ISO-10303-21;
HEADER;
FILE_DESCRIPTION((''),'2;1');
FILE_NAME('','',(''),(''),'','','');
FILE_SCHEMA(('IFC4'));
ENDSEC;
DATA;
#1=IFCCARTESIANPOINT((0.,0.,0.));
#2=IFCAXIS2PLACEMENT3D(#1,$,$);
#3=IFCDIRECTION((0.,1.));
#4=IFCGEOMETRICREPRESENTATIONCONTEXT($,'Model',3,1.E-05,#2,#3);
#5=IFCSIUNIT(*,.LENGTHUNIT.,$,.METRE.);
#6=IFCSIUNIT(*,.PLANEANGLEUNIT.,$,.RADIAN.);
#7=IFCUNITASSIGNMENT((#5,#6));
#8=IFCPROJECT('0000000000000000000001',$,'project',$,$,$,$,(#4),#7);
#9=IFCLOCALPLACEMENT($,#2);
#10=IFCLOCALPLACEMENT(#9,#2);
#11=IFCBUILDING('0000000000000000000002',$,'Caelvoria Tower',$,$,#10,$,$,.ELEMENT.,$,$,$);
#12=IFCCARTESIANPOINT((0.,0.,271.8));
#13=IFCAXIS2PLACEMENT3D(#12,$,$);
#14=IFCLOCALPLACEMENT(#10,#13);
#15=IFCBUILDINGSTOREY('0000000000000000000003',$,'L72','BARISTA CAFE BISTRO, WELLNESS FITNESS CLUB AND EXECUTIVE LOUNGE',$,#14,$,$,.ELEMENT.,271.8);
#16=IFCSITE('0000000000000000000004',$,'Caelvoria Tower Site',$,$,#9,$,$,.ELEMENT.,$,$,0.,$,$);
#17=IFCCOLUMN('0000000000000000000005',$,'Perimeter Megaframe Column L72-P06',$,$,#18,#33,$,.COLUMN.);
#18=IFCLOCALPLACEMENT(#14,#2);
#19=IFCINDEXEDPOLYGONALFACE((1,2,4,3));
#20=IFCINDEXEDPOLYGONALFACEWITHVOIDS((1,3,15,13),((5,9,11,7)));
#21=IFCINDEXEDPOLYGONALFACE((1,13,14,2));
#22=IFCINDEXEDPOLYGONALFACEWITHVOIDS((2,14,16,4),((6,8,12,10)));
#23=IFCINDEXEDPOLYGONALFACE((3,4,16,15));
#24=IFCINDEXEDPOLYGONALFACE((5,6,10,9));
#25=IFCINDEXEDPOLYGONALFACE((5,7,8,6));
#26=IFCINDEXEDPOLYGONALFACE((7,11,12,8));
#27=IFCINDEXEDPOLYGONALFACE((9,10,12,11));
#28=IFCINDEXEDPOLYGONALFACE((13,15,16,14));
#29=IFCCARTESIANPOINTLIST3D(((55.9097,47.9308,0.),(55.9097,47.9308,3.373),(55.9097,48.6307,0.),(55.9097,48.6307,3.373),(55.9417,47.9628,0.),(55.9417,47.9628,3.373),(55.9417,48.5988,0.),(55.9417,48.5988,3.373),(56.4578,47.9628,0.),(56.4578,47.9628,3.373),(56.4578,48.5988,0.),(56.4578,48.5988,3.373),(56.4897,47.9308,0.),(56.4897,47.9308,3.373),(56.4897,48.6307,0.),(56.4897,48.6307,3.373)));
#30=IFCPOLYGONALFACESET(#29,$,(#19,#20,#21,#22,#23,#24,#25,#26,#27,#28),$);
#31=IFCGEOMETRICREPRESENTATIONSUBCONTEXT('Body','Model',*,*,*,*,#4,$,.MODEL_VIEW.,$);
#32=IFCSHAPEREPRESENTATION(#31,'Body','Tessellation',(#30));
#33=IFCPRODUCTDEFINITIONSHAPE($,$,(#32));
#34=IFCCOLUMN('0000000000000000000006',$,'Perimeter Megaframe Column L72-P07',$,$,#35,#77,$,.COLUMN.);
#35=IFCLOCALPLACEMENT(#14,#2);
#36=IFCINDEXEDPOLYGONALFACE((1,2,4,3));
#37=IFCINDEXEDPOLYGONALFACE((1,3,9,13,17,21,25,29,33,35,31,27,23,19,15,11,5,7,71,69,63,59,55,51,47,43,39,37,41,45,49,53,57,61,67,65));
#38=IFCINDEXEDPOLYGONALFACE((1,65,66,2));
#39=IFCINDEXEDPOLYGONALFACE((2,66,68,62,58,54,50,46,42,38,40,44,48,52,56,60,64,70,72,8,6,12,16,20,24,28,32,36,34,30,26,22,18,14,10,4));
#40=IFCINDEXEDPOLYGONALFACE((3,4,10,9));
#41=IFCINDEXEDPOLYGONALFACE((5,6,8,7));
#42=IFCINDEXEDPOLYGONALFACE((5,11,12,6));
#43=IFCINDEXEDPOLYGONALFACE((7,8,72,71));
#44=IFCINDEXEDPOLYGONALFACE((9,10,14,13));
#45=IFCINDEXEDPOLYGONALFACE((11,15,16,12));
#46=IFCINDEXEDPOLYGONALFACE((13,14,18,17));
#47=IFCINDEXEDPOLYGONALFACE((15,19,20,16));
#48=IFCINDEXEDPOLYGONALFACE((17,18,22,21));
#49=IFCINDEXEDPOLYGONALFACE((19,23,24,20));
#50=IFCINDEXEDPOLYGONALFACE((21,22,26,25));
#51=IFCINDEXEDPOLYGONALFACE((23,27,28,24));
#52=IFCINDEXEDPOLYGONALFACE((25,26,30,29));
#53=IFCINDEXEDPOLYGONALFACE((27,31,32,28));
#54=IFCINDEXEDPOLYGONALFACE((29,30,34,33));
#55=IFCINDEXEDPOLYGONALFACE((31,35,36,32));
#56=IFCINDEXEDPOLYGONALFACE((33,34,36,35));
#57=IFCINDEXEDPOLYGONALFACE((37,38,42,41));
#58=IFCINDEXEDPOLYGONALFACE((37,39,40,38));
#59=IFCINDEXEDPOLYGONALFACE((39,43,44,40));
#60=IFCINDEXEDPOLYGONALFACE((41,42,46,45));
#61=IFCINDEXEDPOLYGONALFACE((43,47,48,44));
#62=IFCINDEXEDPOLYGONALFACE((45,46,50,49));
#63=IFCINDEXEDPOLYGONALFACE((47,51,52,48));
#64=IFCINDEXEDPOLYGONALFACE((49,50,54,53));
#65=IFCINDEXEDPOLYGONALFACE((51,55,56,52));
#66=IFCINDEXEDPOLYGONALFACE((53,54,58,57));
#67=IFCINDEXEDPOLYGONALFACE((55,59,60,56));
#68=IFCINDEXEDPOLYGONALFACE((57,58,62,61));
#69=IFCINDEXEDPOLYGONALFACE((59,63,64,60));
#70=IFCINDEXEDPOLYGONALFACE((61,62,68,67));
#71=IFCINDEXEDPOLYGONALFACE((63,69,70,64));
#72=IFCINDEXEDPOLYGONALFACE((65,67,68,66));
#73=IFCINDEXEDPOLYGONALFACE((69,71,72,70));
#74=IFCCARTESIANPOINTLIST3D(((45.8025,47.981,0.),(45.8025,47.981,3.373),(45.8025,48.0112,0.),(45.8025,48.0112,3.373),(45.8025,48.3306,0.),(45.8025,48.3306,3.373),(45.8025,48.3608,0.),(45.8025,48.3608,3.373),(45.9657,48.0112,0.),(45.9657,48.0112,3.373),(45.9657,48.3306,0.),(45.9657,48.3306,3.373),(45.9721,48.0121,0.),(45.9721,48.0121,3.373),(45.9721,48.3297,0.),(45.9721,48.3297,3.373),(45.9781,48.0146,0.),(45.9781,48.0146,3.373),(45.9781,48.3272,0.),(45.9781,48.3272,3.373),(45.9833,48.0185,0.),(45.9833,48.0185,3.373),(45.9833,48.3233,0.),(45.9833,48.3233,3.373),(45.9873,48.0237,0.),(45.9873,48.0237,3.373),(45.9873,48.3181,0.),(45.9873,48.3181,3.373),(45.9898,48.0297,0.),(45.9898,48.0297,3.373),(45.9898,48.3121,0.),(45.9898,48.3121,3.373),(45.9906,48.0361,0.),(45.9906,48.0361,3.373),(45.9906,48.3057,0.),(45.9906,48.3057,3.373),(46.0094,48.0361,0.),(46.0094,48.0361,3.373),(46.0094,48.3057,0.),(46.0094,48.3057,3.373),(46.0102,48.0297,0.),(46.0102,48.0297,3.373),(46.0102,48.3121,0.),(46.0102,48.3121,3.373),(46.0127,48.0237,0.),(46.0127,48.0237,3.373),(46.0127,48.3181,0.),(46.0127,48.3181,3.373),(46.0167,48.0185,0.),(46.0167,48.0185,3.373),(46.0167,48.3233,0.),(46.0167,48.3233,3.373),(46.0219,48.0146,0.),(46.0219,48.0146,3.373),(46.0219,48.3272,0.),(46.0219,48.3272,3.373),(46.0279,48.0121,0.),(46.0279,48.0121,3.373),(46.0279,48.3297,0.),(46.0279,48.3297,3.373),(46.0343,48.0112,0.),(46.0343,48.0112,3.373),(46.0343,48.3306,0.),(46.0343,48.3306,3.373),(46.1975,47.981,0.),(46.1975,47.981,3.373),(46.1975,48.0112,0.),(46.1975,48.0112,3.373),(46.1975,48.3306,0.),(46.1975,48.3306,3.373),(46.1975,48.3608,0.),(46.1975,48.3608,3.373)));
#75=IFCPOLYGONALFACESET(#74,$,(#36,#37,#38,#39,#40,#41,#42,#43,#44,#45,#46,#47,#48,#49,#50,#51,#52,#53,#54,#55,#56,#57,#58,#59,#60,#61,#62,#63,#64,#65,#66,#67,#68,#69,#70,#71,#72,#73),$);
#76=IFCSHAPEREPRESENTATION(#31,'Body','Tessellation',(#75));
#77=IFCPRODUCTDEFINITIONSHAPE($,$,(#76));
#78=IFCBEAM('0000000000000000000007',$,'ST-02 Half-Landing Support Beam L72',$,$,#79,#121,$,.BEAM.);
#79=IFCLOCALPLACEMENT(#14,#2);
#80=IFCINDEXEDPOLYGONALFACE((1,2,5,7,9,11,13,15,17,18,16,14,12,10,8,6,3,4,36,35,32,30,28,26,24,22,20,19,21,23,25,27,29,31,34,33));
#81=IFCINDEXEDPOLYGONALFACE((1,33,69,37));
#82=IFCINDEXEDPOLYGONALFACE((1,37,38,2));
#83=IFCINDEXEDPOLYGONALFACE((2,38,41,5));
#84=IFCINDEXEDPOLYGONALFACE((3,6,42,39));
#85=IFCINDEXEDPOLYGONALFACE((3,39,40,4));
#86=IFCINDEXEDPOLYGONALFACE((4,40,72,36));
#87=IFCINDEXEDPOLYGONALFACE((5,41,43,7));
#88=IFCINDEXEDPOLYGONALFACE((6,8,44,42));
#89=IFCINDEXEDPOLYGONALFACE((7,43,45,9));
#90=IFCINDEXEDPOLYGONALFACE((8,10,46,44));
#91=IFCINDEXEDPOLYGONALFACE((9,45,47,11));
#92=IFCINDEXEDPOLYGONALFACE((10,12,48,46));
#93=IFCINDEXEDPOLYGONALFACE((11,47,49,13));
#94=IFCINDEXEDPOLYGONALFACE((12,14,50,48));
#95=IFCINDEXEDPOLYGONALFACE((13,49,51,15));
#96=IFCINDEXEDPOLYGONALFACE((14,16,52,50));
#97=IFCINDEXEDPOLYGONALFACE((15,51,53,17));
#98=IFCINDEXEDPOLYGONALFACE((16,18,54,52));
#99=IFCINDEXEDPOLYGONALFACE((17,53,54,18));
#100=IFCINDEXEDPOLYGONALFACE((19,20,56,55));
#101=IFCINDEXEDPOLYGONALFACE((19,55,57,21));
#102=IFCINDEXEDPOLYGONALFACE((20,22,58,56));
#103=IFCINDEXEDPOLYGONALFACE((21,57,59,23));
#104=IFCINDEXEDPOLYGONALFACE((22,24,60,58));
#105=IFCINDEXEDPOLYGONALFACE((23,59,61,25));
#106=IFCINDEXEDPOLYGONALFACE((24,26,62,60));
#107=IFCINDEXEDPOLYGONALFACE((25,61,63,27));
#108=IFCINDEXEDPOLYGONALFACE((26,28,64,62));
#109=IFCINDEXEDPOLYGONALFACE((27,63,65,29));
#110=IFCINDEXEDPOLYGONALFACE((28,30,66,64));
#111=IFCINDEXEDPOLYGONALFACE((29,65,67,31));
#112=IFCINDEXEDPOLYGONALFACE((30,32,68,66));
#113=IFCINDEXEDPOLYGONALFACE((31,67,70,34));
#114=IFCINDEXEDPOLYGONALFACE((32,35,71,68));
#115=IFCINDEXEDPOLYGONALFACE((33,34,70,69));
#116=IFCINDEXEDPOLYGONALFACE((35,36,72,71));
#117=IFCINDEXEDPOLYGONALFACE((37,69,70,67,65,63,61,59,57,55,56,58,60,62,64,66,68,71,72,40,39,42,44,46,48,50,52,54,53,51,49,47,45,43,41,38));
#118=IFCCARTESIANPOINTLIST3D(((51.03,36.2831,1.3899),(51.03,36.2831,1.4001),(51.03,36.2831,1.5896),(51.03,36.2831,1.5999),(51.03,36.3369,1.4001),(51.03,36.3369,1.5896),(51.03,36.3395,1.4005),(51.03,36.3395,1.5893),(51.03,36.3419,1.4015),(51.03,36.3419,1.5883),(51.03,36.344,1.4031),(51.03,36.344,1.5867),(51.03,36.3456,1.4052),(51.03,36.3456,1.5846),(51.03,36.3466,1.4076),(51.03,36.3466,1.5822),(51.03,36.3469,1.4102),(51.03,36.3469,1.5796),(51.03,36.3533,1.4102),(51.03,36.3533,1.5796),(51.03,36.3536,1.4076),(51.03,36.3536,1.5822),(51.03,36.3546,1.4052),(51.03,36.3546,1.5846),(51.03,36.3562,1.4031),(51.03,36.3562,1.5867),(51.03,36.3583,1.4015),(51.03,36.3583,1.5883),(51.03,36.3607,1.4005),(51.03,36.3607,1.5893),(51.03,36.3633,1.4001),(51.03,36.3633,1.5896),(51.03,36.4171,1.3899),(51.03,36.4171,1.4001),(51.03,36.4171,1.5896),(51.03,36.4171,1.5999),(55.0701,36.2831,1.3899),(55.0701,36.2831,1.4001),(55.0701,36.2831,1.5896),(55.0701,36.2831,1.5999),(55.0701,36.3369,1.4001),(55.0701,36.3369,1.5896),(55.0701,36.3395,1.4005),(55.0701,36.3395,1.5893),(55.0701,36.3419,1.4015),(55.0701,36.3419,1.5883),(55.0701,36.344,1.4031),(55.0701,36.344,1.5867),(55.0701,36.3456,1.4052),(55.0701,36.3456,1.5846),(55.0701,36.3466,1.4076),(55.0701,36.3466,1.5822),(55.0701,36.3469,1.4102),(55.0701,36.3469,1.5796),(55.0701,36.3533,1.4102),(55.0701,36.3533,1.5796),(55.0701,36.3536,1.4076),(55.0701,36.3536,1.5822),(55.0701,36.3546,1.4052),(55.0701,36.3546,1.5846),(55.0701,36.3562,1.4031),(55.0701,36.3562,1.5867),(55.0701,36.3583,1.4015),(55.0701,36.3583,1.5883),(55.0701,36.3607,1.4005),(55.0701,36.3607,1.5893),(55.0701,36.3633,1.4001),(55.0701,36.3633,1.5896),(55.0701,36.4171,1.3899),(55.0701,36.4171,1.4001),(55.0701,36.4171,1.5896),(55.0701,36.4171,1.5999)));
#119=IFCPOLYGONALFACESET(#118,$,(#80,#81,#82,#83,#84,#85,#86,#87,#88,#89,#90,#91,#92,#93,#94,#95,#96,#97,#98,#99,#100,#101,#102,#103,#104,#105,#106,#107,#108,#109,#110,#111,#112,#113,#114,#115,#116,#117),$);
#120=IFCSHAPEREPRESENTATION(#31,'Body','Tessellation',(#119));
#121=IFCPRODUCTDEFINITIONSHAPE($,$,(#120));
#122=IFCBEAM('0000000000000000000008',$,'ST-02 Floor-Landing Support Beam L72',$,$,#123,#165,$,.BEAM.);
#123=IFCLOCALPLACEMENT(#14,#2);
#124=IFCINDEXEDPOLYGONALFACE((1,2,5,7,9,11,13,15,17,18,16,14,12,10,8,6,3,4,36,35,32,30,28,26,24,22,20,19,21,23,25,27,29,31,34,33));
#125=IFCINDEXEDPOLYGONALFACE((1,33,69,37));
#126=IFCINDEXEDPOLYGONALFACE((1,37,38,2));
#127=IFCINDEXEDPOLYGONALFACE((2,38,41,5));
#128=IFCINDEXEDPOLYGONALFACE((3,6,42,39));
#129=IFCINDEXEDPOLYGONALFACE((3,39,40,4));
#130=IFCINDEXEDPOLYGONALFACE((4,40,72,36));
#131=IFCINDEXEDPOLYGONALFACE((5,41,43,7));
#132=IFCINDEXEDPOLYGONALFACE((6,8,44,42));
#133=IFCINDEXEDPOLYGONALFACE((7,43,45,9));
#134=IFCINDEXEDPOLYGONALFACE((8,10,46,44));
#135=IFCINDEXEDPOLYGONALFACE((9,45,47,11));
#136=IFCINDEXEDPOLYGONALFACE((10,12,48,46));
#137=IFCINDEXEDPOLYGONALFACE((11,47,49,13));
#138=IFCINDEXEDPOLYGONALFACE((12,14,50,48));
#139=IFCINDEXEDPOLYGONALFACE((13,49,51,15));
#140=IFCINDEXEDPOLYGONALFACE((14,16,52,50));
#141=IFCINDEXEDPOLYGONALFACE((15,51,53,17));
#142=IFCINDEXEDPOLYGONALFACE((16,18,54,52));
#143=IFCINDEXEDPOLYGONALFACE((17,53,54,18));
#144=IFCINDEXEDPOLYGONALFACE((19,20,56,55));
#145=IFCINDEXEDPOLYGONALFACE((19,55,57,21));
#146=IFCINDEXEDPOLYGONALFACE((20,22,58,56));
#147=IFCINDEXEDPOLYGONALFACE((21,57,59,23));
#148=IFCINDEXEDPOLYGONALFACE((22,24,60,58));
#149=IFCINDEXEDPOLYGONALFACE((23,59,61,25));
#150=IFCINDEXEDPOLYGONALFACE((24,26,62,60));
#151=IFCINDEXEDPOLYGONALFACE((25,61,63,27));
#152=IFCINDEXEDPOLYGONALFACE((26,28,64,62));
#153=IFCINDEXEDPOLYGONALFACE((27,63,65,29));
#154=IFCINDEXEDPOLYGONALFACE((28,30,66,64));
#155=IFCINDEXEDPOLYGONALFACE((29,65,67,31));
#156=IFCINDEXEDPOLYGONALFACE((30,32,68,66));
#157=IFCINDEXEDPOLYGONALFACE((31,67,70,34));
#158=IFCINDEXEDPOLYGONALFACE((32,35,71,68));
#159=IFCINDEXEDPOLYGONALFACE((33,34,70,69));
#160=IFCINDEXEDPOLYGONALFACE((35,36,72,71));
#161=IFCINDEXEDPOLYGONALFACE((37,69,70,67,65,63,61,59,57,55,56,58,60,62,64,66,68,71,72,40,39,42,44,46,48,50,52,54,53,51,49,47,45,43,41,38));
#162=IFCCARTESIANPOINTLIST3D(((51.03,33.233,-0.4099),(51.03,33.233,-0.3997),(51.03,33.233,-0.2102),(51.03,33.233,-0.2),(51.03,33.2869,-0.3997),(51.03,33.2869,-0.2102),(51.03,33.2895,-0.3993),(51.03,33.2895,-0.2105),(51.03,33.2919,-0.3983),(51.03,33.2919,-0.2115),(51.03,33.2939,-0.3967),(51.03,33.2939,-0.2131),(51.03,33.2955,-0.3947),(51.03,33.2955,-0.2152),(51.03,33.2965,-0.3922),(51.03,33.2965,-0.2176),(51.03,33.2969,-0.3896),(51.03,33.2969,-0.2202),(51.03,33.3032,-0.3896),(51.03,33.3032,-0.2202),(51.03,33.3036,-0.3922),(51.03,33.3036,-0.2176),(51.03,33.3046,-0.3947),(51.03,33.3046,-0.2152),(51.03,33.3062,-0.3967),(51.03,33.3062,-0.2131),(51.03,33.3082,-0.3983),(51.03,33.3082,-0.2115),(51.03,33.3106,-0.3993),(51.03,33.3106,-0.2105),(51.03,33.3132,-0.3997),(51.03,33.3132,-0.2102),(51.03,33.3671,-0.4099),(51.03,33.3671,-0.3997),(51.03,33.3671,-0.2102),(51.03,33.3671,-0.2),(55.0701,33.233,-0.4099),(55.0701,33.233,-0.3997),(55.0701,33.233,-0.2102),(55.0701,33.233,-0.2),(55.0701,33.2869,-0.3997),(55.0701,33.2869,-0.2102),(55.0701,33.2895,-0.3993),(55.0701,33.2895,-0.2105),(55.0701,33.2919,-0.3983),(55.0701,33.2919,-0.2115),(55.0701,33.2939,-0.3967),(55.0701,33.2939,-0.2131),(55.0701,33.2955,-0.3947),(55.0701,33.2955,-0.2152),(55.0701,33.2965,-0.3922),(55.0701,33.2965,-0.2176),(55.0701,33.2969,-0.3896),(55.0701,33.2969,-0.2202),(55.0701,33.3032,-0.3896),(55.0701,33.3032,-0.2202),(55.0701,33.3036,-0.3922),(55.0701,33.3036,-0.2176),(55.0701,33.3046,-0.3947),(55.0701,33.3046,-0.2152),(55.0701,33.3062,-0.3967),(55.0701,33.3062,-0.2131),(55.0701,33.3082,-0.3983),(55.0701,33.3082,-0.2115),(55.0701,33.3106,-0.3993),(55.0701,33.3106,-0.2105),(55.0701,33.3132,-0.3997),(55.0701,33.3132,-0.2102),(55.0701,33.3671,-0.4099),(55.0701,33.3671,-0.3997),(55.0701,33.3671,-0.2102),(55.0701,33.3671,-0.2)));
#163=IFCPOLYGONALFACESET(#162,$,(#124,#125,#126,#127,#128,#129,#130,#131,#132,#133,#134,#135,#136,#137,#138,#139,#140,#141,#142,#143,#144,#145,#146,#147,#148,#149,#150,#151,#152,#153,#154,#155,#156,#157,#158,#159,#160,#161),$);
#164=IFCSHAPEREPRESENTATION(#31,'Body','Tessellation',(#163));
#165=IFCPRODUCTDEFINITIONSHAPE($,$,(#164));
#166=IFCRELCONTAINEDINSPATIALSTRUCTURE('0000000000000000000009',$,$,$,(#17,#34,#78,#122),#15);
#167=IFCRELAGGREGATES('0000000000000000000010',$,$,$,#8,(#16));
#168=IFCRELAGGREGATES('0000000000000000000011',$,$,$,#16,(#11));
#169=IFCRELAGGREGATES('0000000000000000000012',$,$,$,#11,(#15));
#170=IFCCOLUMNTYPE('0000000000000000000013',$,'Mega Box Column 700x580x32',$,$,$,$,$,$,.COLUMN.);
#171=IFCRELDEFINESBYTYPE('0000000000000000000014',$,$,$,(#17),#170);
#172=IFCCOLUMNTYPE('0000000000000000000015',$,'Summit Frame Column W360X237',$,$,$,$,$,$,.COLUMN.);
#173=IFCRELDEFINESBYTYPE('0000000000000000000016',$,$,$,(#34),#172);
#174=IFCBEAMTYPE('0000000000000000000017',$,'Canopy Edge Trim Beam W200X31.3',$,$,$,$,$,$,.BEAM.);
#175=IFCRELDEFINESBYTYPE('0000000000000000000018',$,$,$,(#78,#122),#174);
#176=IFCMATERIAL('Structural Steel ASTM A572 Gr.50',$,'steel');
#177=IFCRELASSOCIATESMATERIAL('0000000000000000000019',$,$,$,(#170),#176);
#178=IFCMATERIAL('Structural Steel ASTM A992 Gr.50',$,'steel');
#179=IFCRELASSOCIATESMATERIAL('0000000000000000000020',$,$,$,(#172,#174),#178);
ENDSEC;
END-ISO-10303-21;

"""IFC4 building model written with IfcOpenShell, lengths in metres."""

from ifc_helpers import new_model, si_unit, direction, frame, origin, origin_2d, place, context, subcontext, project, spatial, hollow_rectangle, i_section, extrude, material, material_profile, profile_set, type_object, element, save


model = new_model("IFC4")

# Units and contexts
model_context = context("Model", 3, precision=1e-05, world=origin(), true_north=direction((0.0, 1.0)))
body_context = subcontext(model_context, "Body", "Model", "MODEL_VIEW")
ifc_project = project(units=[si_unit("LENGTHUNIT", "METRE"), si_unit("PLANEANGLEUNIT", "RADIAN")], contexts=[model_context])

# Site, building, storey
site_placement = place(None, origin())
site = spatial("IfcSite", under=ifc_project, at=site_placement, Name="Caelvoria Tower Site", CompositionType="ELEMENT", RefElevation=0.0)
building_placement = place(site_placement, origin())
building = spatial("IfcBuilding", under=site, at=building_placement, Name="Caelvoria Tower", CompositionType="ELEMENT")
storey_placement = place(building_placement, frame((0.0, 0.0, 271.8)))
storey = spatial("IfcBuildingStorey", under=building, at=storey_placement, Name="L72", Description="BARISTA CAFE BISTRO, WELLNESS FITNESS CLUB AND EXECUTIVE LOUNGE", CompositionType="ELEMENT", Elevation=271.8)

# Columns
ifc_material_1 = material(Name="Structural Steel ASTM A572 Gr.50", Category="steel")
ifc_material_profile_1 = material_profile(ifc_material_1, hollow_rectangle(XDim=0.5801, YDim=0.7, WallThickness=0.032, at=origin_2d()), Name="Structural Steel ASTM A572 Gr.50")
ifc_profile_set_1 = profile_set([ifc_material_profile_1], Name="BOX700X580X32 - Structural Steel ASTM A572 Gr.50")
column_type_1 = type_object("IfcColumnType", Name="Mega Box Column 700x580x32", PredefinedType="COLUMN", material=ifc_profile_set_1)
column_1_placement = place(storey_placement, frame((56.1997, 48.2808, 0.0), z_axis=(0.0, 0.0, 1.0), x_axis=(1.0, 0.0, 0.0)))
element("IfcColumn", 1, at=column_1_placement, inside=storey, type_object=column_type_1, Name="Perimeter Megaframe Column L72-P06", PredefinedType="COLUMN", context=body_context, shape_type="SweptSolid", body=[
    extrude(hollow_rectangle(XDim=0.5801, YDim=0.7, WallThickness=0.032, at=origin_2d()), origin(), (0.0, 0.0, 1.0), 3.373),
])
ifc_material_2 = material(Name="Structural Steel ASTM A992 Gr.50", Category="steel")
ifc_material_profile_2 = material_profile(ifc_material_2, i_section(OverallWidth=0.395, OverallDepth=0.3799, WebThickness=0.0188, FlangeThickness=0.0303, FilletRadius=0.0249, at=origin_2d()), Name="Structural Steel ASTM A992 Gr.50")
ifc_profile_set_2 = profile_set([ifc_material_profile_2], Name="W360X237 - Structural Steel ASTM A992 Gr.50")
column_type_2 = type_object("IfcColumnType", Name="Summit Frame Column W360X237", PredefinedType="COLUMN", material=ifc_profile_set_2)
column_2_placement = place(storey_placement, frame((46.0, 48.1709, 0.0), z_axis=(0.0, 0.0, 1.0), x_axis=(1.0, 0.0, 0.0)))
element("IfcColumn", 2, at=column_2_placement, inside=storey, type_object=column_type_2, Name="Perimeter Megaframe Column L72-P07", PredefinedType="COLUMN", context=body_context, shape_type="SweptSolid", body=[
    extrude(i_section(OverallWidth=0.395, OverallDepth=0.3799, WebThickness=0.0188, FlangeThickness=0.0303, FilletRadius=0.0249, at=origin_2d()), origin(), (0.0, 0.0, 1.0), 3.373),
])

# Beams
ifc_material_profile_3 = material_profile(ifc_material_2, i_section(OverallWidth=0.134, OverallDepth=0.21, WebThickness=0.0063, FlangeThickness=0.0103, FilletRadius=0.01, at=origin_2d()), Name="Structural Steel ASTM A992 Gr.50")
ifc_profile_set_3 = profile_set([ifc_material_profile_3], Name="W200X31.3 - Structural Steel ASTM A992 Gr.50")
beam_type_1 = type_object("IfcBeamType", Name="Canopy Edge Trim Beam W200X31.3", PredefinedType="BEAM", material=ifc_profile_set_3)
for number, where, z_axis, x_axis, name in (
    (3, (51.03, 36.3501, 1.4949), (1.0, 0.0, 0.0), (0.0, 1.0, 0.0), "ST-02 Half-Landing Support Beam L72"),
    (4, (51.03, 33.3, -0.3049), (1.0, 0.0, 0.0), (0.0, 1.0, 0.0), "ST-02 Floor-Landing Support Beam L72"),
):
    element("IfcBeam", number, at=place(storey_placement, frame(where, z_axis=z_axis, x_axis=x_axis)), inside=storey, type_object=beam_type_1, Name=name, PredefinedType="BEAM", context=body_context, shape_type="SweptSolid", body=[
        extrude(i_section(OverallWidth=0.134, OverallDepth=0.21, WebThickness=0.0063, FlangeThickness=0.0103, FilletRadius=0.01, at=origin_2d()), origin(), (0.0, 0.0, 1.0), 4.04),
    ])

save(model, "model.ifc")
